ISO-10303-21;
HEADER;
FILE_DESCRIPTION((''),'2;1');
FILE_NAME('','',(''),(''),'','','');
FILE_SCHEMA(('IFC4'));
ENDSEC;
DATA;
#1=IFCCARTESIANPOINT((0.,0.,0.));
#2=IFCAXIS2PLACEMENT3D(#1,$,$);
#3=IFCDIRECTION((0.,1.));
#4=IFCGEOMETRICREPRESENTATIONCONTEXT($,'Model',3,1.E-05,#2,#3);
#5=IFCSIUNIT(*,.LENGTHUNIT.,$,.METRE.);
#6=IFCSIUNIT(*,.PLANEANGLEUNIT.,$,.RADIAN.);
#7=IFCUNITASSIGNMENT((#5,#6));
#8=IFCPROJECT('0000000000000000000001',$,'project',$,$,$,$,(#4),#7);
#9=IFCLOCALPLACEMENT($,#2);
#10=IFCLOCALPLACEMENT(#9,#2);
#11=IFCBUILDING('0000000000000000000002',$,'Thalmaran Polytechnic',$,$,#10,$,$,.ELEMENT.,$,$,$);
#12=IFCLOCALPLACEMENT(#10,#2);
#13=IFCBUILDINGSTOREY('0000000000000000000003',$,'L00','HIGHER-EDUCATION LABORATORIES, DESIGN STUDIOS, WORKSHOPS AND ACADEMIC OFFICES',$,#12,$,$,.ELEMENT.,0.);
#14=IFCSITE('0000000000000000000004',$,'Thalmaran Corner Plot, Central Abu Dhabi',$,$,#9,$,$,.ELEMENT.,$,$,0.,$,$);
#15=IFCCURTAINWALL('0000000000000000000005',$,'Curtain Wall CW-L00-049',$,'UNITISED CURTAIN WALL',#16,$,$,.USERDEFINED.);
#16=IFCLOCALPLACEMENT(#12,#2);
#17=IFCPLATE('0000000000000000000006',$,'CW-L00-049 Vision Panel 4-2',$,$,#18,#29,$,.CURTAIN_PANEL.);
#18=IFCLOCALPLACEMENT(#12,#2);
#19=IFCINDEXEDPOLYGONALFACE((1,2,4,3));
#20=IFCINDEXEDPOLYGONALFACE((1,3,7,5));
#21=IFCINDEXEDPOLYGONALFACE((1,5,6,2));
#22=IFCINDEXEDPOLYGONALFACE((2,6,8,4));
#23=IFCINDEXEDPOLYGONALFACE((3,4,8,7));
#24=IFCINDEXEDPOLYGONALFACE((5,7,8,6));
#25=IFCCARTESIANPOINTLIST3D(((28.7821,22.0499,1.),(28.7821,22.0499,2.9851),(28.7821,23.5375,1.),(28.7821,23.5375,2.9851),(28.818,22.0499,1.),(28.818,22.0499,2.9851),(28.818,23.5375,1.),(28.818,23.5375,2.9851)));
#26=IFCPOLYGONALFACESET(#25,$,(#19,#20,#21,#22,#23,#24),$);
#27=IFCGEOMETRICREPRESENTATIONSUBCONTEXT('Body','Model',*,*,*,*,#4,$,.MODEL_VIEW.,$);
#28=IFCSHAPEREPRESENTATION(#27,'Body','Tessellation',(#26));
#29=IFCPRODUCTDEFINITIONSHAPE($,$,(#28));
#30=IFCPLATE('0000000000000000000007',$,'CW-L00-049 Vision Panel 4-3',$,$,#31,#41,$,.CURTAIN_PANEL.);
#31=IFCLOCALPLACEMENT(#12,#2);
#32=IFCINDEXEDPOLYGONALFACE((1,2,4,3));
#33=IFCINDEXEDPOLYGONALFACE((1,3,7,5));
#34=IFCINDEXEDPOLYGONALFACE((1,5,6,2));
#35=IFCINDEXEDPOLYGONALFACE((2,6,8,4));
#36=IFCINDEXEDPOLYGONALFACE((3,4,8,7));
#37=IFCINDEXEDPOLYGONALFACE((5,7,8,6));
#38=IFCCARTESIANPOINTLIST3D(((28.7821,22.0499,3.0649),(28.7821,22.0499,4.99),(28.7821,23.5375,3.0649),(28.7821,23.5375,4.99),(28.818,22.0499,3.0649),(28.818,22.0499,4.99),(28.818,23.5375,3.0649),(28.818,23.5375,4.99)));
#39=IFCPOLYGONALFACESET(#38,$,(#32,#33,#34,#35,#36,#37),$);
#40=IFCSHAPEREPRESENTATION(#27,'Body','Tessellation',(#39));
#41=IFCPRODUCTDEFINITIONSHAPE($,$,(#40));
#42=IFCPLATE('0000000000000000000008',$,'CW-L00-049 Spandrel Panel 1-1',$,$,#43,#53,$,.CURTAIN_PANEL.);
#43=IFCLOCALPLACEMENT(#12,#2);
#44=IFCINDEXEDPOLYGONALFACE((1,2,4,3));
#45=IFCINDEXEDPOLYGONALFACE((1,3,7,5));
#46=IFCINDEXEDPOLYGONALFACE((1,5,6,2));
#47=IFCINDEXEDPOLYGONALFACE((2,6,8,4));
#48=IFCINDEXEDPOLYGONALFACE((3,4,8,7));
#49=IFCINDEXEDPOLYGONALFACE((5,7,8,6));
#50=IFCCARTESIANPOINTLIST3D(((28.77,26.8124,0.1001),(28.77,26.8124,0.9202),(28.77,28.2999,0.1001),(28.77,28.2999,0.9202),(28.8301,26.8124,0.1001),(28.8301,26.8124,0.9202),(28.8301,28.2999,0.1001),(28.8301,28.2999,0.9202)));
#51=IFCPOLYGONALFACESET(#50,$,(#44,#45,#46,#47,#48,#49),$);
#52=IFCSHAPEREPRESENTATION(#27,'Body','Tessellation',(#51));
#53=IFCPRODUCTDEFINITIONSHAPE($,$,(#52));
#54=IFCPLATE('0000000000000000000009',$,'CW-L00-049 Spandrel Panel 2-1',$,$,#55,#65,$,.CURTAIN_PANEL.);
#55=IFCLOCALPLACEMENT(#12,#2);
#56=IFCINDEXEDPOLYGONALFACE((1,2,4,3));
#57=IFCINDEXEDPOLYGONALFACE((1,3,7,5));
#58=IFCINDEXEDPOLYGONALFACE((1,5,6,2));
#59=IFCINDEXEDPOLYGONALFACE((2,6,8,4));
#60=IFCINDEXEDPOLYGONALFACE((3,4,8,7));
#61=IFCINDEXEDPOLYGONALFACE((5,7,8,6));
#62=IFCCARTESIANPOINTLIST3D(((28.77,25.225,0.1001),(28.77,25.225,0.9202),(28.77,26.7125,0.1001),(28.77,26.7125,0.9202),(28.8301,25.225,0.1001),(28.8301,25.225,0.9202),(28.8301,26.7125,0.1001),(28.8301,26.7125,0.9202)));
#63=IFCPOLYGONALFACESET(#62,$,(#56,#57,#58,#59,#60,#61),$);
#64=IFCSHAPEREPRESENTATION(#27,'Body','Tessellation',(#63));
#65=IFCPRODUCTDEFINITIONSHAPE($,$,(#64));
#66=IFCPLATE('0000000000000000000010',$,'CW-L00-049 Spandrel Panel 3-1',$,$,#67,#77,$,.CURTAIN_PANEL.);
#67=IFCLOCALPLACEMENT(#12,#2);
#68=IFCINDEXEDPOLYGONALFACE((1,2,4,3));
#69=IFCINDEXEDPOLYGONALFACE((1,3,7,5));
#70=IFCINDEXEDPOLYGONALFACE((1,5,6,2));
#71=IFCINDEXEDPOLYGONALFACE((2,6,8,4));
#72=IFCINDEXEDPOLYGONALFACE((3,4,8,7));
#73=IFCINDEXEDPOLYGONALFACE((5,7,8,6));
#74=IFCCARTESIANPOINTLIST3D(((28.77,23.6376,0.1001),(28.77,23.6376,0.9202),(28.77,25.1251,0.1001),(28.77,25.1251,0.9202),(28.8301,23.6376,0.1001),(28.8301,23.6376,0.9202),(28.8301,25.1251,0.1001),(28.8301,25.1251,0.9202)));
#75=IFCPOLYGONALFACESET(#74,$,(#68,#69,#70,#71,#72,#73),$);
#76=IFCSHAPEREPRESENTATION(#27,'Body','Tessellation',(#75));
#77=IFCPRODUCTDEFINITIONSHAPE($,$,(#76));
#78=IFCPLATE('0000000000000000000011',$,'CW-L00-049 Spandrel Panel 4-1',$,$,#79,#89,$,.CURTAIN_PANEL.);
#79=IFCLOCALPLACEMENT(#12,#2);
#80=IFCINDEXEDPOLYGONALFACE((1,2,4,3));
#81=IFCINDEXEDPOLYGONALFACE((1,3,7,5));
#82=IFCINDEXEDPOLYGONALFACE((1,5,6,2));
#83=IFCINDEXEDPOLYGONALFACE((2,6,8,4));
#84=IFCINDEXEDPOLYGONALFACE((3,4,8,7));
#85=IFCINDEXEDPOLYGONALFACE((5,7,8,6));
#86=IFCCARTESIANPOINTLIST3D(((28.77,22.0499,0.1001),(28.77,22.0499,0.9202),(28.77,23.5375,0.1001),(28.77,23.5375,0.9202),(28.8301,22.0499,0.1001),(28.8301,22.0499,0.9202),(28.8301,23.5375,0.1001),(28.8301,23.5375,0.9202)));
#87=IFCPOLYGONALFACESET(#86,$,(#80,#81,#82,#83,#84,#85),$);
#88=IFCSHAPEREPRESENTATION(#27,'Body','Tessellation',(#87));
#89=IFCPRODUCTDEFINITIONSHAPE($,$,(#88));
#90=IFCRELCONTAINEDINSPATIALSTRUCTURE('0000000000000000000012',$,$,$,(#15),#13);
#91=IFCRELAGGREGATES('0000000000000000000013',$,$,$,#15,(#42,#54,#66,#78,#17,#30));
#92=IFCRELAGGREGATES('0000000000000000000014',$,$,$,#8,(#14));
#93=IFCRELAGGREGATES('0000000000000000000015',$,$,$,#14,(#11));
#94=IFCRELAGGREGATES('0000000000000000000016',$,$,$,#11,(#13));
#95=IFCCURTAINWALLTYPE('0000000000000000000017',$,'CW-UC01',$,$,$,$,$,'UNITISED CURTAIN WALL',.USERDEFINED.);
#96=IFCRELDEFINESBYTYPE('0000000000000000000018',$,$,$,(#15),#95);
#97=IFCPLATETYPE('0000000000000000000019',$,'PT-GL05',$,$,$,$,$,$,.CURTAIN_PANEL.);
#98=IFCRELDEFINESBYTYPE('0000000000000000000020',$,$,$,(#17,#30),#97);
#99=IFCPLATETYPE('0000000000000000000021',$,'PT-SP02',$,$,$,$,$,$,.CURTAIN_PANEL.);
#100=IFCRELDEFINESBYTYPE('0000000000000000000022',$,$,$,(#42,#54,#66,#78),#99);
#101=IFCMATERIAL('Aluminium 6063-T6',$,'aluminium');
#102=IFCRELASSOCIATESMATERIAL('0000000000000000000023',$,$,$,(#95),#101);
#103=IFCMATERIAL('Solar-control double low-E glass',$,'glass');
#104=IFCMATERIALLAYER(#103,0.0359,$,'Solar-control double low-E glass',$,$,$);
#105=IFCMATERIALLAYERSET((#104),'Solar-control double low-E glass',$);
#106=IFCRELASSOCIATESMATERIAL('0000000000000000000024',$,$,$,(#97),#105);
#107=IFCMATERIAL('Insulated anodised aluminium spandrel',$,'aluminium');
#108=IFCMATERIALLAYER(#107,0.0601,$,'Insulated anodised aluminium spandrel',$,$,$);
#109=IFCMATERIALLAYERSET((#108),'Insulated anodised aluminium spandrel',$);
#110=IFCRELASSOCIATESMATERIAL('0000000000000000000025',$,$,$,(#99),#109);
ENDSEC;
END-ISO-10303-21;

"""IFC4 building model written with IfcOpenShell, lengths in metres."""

from ifc_helpers import new_model, si_unit, direction, frame, origin, origin_2d, place, context, subcontext, project, spatial, rectangle, extrude, material, layer, layer_set, type_object, element, aggregate, save


model = new_model("IFC4")

# Units and contexts
model_context = context("Model", 3, precision=1e-05, world=origin(), true_north=direction((0.0, 1.0)))
body_context = subcontext(model_context, "Body", "Model", "MODEL_VIEW")
ifc_project = project(units=[si_unit("LENGTHUNIT", "METRE"), si_unit("PLANEANGLEUNIT", "RADIAN")], contexts=[model_context])

# Site, building, storey
site_placement = place(None, origin())
site = spatial("IfcSite", under=ifc_project, at=site_placement, Name="Thalmaran Corner Plot, Central Abu Dhabi", CompositionType="ELEMENT", RefElevation=0.0)
building_placement = place(site_placement, origin())
building = spatial("IfcBuilding", under=site, at=building_placement, Name="Thalmaran Polytechnic", CompositionType="ELEMENT")
storey_placement = place(building_placement, origin())
storey = spatial("IfcBuildingStorey", under=building, at=storey_placement, Name="L00", Description="HIGHER-EDUCATION LABORATORIES, DESIGN STUDIOS, WORKSHOPS AND ACADEMIC OFFICES", CompositionType="ELEMENT", Elevation=0.0)

# Curtain wall
ifc_material_1 = material(Name="Aluminium 6063-T6", Category="aluminium")
curtain_wall_type = type_object("IfcCurtainWallType", Name="CW-UC01", ElementType="UNITISED CURTAIN WALL", PredefinedType="USERDEFINED", material=ifc_material_1)
curtain_wall_1_placement = place(storey_placement, origin())
curtain_wall_1 = element("IfcCurtainWall", 1, at=curtain_wall_1_placement, inside=storey, type_object=curtain_wall_type, Name="Curtain Wall CW-L00-049", ObjectType="UNITISED CURTAIN WALL", PredefinedType="USERDEFINED")

# Plates
ifc_material_2 = material(Name="Solar-control double low-E glass", Category="glass")
ifc_layer_1 = layer(ifc_material_2, 0.0359, Name="Solar-control double low-E glass")
ifc_layer_set_1 = layer_set([ifc_layer_1], Name="Solar-control double low-E glass")
plate_type_1 = type_object("IfcPlateType", Name="PT-GL05", PredefinedType="CURTAIN_PANEL", material=ifc_layer_set_1)
plate_1_placement = place(storey_placement, frame((28.8, 22.7937, 1.0), z_axis=(0.0, 0.0, 1.0), x_axis=(0.0, -1.0, 0.0)))
plate_1 = element("IfcPlate", 2, at=plate_1_placement, type_object=plate_type_1, Name="CW-L00-049 Vision Panel 4-2", PredefinedType="CURTAIN_PANEL", context=body_context, shape_type="SweptSolid", body=[
    extrude(rectangle(XDim=1.4875, YDim=0.0359, at=origin_2d()), origin(), (0.0, 0.0, 1.0), 1.9851),
])
plate_2_placement = place(storey_placement, frame((28.8, 22.7937, 3.0649), z_axis=(0.0, 0.0, 1.0), x_axis=(0.0, -1.0, 0.0)))
plate_2 = element("IfcPlate", 3, at=plate_2_placement, type_object=plate_type_1, Name="CW-L00-049 Vision Panel 4-3", PredefinedType="CURTAIN_PANEL", context=body_context, shape_type="SweptSolid", body=[
    extrude(rectangle(XDim=1.4875, YDim=0.0359, at=origin_2d()), origin(), (0.0, 0.0, 1.0), 1.925),
])
ifc_material_3 = material(Name="Insulated anodised aluminium spandrel", Category="aluminium")
ifc_layer_2 = layer(ifc_material_3, 0.0601, Name="Insulated anodised aluminium spandrel")
ifc_layer_set_2 = layer_set([ifc_layer_2], Name="Insulated anodised aluminium spandrel")
plate_type_2 = type_object("IfcPlateType", Name="PT-SP02", PredefinedType="CURTAIN_PANEL", material=ifc_layer_set_2)
plate_3_placement = place(storey_placement, frame((28.8, 27.5562, 0.1001), z_axis=(0.0, 0.0, 1.0), x_axis=(0.0, -1.0, 0.0)))
plate_3 = element("IfcPlate", 4, at=plate_3_placement, type_object=plate_type_2, Name="CW-L00-049 Spandrel Panel 1-1", PredefinedType="CURTAIN_PANEL", context=body_context, shape_type="SweptSolid", body=[
    extrude(rectangle(XDim=1.4875, YDim=0.0601, at=origin_2d()), origin(), (0.0, 0.0, 1.0), 0.8201),
])
plate_4_placement = place(storey_placement, frame((28.8, 25.9688, 0.1001), z_axis=(0.0, 0.0, 1.0), x_axis=(0.0, -1.0, 0.0)))
plate_4 = element("IfcPlate", 5, at=plate_4_placement, type_object=plate_type_2, Name="CW-L00-049 Spandrel Panel 2-1", PredefinedType="CURTAIN_PANEL", context=body_context, shape_type="SweptSolid", body=[
    extrude(rectangle(XDim=1.4875, YDim=0.0601, at=origin_2d()), origin(), (0.0, 0.0, 1.0), 0.8201),
])
plate_5_placement = place(storey_placement, frame((28.8, 24.3813, 0.1001), z_axis=(0.0, 0.0, 1.0), x_axis=(0.0, -1.0, 0.0)))
plate_5 = element("IfcPlate", 6, at=plate_5_placement, type_object=plate_type_2, Name="CW-L00-049 Spandrel Panel 3-1", PredefinedType="CURTAIN_PANEL", context=body_context, shape_type="SweptSolid", body=[
    extrude(rectangle(XDim=1.4875, YDim=0.0601, at=origin_2d()), origin(), (0.0, 0.0, 1.0), 0.8201),
])
plate_6_placement = place(storey_placement, frame((28.8, 22.7937, 0.1001), z_axis=(0.0, 0.0, 1.0), x_axis=(0.0, -1.0, 0.0)))
plate_6 = element("IfcPlate", 7, at=plate_6_placement, type_object=plate_type_2, Name="CW-L00-049 Spandrel Panel 4-1", PredefinedType="CURTAIN_PANEL", context=body_context, shape_type="SweptSolid", body=[
    extrude(rectangle(XDim=1.4875, YDim=0.0601, at=origin_2d()), origin(), (0.0, 0.0, 1.0), 0.8201),
])
aggregate(curtain_wall_1, [plate_3, plate_4, plate_5, plate_6, plate_1, plate_2])

save(model, "model.ifc")
